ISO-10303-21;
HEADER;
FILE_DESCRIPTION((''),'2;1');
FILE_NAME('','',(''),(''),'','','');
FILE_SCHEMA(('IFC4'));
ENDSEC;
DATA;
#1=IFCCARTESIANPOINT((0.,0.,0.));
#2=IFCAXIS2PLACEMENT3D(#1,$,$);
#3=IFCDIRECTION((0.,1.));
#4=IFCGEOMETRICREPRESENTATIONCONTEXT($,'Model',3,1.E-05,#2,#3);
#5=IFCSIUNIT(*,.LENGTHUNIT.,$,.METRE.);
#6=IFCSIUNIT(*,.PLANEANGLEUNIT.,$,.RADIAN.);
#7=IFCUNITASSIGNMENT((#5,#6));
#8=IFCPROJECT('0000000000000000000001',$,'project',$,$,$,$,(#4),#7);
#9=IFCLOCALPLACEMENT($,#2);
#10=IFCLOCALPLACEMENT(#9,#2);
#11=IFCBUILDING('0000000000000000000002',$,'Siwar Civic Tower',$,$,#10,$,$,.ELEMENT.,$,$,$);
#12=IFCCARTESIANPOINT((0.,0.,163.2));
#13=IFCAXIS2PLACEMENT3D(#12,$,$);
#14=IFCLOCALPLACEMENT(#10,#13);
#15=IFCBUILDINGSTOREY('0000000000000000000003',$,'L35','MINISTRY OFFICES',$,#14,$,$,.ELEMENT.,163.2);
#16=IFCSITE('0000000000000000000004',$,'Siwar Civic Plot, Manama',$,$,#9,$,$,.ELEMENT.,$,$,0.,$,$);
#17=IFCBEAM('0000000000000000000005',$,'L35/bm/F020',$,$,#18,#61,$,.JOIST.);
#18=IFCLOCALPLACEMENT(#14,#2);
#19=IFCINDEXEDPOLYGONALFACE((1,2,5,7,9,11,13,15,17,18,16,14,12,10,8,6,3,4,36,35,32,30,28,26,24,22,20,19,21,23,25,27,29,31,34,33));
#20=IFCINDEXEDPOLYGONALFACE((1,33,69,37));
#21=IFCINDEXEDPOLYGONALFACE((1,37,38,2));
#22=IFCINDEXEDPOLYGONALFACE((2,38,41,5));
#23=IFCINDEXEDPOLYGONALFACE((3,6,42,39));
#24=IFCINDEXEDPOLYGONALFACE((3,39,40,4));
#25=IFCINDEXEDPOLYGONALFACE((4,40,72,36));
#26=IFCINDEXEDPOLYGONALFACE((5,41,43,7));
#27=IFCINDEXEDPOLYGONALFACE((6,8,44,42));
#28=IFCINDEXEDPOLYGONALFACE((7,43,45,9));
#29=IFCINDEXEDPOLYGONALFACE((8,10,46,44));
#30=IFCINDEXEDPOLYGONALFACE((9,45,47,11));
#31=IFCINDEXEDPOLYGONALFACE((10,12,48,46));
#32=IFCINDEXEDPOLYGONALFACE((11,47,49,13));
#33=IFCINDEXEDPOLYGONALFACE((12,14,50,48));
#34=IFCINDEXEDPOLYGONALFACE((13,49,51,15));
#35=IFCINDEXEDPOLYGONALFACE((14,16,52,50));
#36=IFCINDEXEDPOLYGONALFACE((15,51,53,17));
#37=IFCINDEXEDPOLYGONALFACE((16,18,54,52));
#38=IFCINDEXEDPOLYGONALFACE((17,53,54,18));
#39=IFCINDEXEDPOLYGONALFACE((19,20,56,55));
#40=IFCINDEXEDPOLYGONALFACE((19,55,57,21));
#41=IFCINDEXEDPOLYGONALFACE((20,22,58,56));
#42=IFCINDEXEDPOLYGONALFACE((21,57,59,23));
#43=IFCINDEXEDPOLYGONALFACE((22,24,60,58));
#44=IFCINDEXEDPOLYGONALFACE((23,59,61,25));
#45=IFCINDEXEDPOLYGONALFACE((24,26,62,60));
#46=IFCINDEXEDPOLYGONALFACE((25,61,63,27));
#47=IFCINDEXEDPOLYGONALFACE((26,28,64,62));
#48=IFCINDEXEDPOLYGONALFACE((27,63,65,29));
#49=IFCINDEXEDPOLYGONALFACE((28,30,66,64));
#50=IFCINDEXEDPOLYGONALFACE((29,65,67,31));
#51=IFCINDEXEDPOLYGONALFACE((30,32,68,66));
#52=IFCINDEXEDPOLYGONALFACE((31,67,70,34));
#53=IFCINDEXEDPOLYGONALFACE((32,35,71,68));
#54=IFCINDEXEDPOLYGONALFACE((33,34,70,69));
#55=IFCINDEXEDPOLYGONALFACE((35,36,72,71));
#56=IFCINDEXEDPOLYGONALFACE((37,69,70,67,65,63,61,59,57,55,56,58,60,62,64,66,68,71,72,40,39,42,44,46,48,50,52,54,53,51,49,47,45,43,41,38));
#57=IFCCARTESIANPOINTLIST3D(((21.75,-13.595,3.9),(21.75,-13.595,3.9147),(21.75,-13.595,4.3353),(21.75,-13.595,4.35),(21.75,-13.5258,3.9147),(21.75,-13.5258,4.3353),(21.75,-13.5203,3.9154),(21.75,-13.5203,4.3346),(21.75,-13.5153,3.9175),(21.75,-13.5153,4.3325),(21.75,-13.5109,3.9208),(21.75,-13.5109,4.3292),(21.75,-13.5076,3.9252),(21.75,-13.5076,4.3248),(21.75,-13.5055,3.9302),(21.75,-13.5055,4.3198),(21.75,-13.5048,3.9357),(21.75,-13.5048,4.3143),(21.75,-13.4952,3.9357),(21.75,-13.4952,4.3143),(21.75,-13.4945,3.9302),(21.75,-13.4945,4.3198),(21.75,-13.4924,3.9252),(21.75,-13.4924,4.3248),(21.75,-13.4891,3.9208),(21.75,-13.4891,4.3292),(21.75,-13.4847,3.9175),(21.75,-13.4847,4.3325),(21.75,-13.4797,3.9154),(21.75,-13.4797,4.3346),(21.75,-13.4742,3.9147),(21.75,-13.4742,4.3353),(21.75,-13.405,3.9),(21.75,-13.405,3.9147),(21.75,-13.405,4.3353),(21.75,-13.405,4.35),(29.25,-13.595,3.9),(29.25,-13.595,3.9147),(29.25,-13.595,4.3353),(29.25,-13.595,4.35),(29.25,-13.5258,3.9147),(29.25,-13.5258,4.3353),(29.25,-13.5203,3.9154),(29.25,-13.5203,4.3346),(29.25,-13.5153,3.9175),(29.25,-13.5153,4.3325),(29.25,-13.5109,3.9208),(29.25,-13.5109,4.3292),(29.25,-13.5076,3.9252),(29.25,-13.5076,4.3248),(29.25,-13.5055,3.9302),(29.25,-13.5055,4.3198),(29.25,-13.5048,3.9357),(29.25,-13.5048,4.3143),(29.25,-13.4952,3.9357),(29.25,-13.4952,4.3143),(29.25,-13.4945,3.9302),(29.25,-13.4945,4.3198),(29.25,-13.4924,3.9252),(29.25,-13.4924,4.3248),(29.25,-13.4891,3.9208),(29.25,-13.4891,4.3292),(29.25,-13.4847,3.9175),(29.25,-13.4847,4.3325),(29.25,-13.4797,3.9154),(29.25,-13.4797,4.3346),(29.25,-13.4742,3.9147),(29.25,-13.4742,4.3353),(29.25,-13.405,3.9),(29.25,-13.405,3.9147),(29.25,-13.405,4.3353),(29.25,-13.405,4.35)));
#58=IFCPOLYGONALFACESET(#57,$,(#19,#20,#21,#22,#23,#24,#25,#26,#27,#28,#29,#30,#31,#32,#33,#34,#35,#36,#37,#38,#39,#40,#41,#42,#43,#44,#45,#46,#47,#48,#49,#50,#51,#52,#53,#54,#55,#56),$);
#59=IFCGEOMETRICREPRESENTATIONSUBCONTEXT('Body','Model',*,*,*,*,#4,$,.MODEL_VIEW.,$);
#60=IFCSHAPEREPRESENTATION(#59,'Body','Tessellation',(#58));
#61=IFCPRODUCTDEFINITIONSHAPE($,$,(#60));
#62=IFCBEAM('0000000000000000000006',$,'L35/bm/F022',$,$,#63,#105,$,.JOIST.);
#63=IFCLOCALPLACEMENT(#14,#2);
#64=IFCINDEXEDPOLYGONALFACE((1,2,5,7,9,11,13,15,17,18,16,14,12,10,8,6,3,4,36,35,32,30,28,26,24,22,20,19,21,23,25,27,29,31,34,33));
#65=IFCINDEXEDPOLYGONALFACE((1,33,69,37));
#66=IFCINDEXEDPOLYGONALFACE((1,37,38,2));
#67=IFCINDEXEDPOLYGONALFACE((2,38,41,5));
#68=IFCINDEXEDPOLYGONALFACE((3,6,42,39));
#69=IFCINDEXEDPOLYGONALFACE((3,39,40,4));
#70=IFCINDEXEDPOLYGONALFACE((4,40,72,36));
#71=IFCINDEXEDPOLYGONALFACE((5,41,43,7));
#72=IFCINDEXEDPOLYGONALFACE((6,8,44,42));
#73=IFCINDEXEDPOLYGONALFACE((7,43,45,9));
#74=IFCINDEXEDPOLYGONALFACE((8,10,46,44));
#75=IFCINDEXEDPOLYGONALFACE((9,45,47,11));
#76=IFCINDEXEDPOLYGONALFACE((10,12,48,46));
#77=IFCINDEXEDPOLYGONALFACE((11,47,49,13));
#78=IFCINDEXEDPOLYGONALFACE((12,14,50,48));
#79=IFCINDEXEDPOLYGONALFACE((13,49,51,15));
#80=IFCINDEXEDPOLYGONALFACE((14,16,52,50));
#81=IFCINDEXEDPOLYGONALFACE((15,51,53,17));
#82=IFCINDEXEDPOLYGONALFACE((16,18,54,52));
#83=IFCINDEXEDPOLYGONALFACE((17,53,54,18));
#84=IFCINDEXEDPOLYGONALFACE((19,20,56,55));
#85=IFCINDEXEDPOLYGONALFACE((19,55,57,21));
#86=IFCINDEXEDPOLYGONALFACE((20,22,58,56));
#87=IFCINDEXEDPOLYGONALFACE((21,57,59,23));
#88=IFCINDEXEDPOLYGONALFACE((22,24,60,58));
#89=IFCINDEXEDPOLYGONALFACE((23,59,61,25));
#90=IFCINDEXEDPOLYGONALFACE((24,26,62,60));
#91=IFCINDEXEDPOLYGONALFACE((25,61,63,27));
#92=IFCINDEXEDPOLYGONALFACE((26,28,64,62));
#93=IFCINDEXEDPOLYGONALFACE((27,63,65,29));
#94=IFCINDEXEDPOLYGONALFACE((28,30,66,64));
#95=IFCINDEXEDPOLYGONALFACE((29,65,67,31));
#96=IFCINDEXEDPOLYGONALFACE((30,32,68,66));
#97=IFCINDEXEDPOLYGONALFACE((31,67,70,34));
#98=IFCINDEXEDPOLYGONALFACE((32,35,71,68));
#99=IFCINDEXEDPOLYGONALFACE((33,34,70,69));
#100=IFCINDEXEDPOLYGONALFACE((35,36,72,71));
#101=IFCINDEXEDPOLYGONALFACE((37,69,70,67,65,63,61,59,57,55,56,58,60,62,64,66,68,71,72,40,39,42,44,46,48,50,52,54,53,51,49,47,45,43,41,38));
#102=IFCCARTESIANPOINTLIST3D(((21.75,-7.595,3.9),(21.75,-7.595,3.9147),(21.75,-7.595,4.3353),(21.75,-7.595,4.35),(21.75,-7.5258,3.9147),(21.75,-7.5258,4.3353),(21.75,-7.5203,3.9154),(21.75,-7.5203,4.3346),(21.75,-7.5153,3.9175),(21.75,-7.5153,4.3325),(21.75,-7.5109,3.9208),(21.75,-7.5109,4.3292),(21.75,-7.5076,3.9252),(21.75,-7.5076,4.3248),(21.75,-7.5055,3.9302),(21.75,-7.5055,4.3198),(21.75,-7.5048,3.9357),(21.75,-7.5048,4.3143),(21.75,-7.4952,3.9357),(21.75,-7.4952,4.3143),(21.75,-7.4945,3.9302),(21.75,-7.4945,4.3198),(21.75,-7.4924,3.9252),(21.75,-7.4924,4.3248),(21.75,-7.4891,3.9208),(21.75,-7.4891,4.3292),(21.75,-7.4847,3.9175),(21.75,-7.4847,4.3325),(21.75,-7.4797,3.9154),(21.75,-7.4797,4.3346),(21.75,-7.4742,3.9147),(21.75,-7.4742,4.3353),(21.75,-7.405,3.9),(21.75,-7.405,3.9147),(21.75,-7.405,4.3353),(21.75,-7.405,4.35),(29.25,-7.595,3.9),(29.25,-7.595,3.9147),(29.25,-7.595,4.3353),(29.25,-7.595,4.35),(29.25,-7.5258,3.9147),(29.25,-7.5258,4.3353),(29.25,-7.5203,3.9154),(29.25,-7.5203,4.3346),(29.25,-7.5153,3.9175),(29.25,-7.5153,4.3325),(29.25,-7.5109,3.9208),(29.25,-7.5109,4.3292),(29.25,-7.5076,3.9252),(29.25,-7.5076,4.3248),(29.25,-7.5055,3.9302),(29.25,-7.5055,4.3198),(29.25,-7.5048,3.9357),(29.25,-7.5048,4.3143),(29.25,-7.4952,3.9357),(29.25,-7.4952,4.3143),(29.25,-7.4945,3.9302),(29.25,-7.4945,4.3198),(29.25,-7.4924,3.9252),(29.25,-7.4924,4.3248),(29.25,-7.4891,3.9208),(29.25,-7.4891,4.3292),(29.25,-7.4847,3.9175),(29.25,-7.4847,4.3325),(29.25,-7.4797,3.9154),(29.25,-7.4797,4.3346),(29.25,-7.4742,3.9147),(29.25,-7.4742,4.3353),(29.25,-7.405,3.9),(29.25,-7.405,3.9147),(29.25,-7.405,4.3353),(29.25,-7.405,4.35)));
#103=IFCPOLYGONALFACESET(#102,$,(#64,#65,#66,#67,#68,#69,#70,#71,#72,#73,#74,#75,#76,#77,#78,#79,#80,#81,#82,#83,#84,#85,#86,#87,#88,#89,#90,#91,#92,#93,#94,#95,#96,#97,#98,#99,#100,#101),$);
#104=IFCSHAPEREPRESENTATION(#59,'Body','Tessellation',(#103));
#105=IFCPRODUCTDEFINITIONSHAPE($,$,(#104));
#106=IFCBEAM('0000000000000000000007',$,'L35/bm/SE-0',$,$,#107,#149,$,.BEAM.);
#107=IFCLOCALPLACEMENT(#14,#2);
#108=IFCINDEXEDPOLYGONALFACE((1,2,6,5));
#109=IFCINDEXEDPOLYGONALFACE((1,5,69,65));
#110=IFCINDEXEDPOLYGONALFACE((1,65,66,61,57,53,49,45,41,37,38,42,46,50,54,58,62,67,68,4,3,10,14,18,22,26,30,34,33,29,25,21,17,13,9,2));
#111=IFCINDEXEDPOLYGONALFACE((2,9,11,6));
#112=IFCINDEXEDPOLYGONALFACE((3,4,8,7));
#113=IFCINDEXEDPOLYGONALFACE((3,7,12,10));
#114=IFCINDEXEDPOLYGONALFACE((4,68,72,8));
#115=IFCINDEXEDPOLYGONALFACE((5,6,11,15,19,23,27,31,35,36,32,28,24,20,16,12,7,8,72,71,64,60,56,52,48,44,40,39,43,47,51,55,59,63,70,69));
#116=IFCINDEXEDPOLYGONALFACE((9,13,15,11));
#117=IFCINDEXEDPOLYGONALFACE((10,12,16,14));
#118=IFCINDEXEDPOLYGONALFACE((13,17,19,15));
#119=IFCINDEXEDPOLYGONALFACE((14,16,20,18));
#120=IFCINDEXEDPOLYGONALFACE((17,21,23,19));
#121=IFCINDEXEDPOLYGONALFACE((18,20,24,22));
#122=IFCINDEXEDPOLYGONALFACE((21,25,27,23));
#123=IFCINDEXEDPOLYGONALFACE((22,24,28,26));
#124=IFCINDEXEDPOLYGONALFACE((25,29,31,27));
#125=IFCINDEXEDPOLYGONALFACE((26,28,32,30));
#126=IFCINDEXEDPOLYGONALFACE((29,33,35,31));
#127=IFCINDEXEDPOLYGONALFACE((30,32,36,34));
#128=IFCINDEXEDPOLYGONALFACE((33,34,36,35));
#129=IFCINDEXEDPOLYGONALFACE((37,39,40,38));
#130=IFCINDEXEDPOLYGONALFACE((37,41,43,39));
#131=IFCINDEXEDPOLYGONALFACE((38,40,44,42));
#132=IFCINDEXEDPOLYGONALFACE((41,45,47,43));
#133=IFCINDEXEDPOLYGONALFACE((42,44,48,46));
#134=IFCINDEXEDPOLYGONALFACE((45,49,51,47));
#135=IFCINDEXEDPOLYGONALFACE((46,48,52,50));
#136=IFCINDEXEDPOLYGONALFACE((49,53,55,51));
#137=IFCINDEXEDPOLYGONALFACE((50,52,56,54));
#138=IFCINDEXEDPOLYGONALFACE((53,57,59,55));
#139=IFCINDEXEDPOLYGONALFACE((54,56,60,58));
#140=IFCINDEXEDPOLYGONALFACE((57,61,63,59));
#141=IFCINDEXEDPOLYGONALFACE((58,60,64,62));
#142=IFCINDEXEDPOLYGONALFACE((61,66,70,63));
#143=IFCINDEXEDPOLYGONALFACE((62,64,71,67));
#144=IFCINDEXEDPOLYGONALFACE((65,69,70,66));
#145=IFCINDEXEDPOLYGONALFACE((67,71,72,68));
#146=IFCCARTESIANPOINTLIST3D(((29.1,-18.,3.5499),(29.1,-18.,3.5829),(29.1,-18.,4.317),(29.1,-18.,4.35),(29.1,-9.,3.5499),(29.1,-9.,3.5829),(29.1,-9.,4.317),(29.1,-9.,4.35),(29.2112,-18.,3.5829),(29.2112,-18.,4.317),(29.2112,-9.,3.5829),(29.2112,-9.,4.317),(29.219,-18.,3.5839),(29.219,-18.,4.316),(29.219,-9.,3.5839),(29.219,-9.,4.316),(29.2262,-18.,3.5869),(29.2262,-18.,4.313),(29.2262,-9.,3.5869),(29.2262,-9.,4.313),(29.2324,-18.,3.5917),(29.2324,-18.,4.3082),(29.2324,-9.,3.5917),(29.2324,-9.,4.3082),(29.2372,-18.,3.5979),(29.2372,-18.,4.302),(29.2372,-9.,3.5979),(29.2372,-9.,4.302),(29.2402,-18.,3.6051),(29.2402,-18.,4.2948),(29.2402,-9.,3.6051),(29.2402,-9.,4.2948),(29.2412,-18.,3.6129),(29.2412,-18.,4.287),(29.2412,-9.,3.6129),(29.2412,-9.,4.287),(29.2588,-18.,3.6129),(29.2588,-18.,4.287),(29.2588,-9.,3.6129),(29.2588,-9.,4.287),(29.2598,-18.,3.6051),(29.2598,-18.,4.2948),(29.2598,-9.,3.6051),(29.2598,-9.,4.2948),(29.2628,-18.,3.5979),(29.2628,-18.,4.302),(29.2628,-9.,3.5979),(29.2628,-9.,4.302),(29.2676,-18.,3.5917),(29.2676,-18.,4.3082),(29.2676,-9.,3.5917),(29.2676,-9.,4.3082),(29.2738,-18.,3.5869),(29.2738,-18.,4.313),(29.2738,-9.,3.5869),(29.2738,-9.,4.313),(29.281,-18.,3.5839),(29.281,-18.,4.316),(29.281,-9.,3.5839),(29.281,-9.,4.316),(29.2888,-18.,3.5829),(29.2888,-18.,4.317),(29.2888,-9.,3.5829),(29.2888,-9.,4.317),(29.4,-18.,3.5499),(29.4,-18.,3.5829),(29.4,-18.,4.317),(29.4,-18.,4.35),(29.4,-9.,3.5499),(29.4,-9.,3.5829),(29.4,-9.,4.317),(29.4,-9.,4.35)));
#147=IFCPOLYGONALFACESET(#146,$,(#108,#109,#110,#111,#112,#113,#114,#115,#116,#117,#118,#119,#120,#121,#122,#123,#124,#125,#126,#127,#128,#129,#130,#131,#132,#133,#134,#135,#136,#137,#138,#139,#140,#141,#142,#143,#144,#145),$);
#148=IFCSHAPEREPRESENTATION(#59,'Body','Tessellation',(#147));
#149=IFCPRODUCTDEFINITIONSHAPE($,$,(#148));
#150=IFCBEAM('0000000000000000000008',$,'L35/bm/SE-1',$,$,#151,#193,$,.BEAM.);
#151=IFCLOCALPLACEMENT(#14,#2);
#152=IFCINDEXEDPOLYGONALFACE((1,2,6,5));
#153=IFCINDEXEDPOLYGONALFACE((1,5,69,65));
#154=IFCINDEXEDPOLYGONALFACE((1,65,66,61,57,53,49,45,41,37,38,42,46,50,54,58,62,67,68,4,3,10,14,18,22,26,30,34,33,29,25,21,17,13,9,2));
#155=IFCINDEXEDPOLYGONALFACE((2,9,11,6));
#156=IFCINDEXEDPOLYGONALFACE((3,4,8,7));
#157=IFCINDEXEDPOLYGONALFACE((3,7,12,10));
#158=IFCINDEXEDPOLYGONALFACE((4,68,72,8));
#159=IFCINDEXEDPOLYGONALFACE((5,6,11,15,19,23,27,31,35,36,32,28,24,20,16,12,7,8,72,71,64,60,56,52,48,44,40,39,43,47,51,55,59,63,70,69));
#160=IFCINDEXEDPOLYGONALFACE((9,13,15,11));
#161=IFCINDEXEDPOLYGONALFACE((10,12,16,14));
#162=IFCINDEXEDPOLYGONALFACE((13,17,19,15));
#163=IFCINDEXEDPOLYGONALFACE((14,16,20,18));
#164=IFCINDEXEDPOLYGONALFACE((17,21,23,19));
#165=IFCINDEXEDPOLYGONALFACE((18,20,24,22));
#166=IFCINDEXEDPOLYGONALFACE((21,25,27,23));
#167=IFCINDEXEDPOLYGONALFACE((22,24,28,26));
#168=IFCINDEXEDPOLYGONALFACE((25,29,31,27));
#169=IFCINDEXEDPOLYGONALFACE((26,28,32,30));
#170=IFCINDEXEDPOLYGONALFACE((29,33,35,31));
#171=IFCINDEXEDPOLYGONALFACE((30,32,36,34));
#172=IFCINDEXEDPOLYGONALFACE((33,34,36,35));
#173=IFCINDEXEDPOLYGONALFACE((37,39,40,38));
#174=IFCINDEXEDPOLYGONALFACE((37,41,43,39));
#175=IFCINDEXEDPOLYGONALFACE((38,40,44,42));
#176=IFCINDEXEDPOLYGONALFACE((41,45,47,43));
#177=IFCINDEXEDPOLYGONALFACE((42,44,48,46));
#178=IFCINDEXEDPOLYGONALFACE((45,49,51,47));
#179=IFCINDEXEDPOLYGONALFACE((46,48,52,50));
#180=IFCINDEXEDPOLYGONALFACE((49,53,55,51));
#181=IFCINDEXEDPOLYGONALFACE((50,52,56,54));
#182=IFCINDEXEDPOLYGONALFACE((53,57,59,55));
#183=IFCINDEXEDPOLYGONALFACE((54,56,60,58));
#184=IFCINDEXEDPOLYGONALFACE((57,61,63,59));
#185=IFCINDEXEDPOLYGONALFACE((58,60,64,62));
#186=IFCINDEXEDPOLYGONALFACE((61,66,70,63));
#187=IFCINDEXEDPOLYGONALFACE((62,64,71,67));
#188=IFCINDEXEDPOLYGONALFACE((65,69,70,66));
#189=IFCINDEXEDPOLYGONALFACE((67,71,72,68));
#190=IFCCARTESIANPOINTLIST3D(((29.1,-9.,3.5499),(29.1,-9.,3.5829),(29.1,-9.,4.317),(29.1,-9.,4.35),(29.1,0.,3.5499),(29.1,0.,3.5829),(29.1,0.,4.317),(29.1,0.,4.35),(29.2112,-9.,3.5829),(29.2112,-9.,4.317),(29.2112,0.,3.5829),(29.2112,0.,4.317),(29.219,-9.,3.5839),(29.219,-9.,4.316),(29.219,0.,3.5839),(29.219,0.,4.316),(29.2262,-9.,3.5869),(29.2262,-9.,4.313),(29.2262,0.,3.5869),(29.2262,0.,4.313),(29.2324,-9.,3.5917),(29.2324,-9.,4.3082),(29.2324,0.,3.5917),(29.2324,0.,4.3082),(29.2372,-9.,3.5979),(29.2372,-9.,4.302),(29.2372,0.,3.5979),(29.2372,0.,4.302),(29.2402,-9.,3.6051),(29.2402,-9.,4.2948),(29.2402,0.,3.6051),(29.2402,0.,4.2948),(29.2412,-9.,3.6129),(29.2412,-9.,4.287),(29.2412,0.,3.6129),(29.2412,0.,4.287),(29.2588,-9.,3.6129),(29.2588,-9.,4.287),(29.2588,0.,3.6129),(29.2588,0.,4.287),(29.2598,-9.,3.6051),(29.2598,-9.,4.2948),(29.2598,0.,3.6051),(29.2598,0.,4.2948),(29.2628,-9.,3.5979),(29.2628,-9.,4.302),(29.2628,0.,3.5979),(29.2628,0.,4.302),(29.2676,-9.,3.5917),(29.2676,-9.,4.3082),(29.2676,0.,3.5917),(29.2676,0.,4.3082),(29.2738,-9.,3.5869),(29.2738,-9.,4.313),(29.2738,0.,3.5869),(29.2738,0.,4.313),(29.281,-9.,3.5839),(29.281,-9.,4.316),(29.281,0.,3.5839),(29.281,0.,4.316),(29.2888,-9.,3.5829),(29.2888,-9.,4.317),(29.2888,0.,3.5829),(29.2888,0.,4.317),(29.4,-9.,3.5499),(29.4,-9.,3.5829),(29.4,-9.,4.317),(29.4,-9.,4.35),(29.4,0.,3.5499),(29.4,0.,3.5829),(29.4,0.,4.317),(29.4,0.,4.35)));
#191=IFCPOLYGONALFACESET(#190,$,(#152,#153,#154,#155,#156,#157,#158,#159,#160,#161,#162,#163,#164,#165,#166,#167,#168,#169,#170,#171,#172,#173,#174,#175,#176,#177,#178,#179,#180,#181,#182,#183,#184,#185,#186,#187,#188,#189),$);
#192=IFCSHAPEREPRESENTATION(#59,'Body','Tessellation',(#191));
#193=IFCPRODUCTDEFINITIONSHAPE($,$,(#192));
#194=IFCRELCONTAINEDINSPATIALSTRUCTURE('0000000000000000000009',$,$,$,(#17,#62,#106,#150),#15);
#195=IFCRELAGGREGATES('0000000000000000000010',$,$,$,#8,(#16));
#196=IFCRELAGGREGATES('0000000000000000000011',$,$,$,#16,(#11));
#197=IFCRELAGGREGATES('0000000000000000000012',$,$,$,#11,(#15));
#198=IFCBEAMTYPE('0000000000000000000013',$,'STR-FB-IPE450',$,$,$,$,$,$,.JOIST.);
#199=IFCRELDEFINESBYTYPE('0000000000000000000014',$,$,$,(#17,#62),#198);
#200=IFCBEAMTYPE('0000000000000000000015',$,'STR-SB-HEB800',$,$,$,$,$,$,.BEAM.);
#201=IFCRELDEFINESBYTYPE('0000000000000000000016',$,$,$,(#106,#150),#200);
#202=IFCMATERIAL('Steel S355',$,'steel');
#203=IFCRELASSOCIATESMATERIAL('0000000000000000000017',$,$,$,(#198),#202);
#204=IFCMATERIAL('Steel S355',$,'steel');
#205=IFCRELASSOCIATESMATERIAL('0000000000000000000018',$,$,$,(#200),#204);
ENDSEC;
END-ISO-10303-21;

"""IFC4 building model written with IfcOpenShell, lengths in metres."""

from ifc_helpers import new_model, si_unit, direction, frame, origin, origin_2d, place, context, subcontext, project, spatial, i_section, extrude, material, material_profile, profile_set, type_object, element, save


model = new_model("IFC4")

# Units and contexts
model_context = context("Model", 3, precision=1e-05, world=origin(), true_north=direction((0.0, 1.0)))
body_context = subcontext(model_context, "Body", "Model", "MODEL_VIEW")
ifc_project = project(units=[si_unit("LENGTHUNIT", "METRE"), si_unit("PLANEANGLEUNIT", "RADIAN")], contexts=[model_context])

# Site, building, storey
site_placement = place(None, origin())
site = spatial("IfcSite", under=ifc_project, at=site_placement, Name="Siwar Civic Plot, Manama", CompositionType="ELEMENT", RefElevation=0.0)
building_placement = place(site_placement, origin())
building = spatial("IfcBuilding", under=site, at=building_placement, Name="Siwar Civic Tower", CompositionType="ELEMENT")
storey_placement = place(building_placement, frame((0.0, 0.0, 163.2)))
storey = spatial("IfcBuildingStorey", under=building, at=storey_placement, Name="L35", Description="MINISTRY OFFICES", CompositionType="ELEMENT", Elevation=163.2)

# Beams
ifc_material_1 = material(Name="Steel S355", Category="steel")
ifc_material_profile_1 = material_profile(ifc_material_1, i_section(OverallWidth=0.1899, OverallDepth=0.45, WebThickness=0.0095, FlangeThickness=0.0146, FilletRadius=0.021, at=origin_2d()), Name="IPE450")
ifc_profile_set_1 = profile_set([ifc_material_profile_1], Name="Steel S355")
beam_type_1 = type_object("IfcBeamType", Name="STR-FB-IPE450", PredefinedType="JOIST", material=ifc_profile_set_1)
for number, where, z_axis, x_axis, name in (
    (1, (21.75, -13.5, 4.125), (1.0, 0.0, 0.0), (0.0, 1.0, 0.0), "L35/bm/F020"),
    (2, (21.75, -7.5, 4.125), (1.0, 0.0, 0.0), (0.0, 1.0, 0.0), "L35/bm/F022"),
):
    element("IfcBeam", number, at=place(storey_placement, frame(where, z_axis=z_axis, x_axis=x_axis)), inside=storey, type_object=beam_type_1, Name=name, PredefinedType="JOIST", context=body_context, shape_type="SweptSolid", body=[
        extrude(i_section(OverallWidth=0.1899, OverallDepth=0.45, WebThickness=0.0095, FlangeThickness=0.0146, FilletRadius=0.021, at=origin_2d()), origin(), (0.0, 0.0, 1.0), 7.5),
    ])
ifc_material_2 = material(Name="Steel S355", Category="steel")
ifc_material_profile_2 = material_profile(ifc_material_2, i_section(OverallWidth=0.3, OverallDepth=0.8, WebThickness=0.0176, FlangeThickness=0.033, FilletRadius=0.03, at=origin_2d()), Name="HEB800")
ifc_profile_set_2 = profile_set([ifc_material_profile_2], Name="Steel S355")
beam_type_2 = type_object("IfcBeamType", Name="STR-SB-HEB800", PredefinedType="BEAM", material=ifc_profile_set_2)
for number, where, z_axis, x_axis, name in (
    (3, (29.25, -18.0, 3.95), (0.0, 1.0, 0.0), (-1.0, 0.0, 0.0), "L35/bm/SE-0"),
    (4, (29.25, -9.0, 3.95), (0.0, 1.0, 0.0), (-1.0, 0.0, 0.0), "L35/bm/SE-1"),
):
    element("IfcBeam", number, at=place(storey_placement, frame(where, z_axis=z_axis, x_axis=x_axis)), inside=storey, type_object=beam_type_2, Name=name, PredefinedType="BEAM", context=body_context, shape_type="SweptSolid", body=[
        extrude(i_section(OverallWidth=0.3, OverallDepth=0.8, WebThickness=0.0176, FlangeThickness=0.033, FilletRadius=0.03, at=origin_2d()), origin(), (0.0, 0.0, 1.0), 9.0),
    ])

save(model, "model.ifc")
